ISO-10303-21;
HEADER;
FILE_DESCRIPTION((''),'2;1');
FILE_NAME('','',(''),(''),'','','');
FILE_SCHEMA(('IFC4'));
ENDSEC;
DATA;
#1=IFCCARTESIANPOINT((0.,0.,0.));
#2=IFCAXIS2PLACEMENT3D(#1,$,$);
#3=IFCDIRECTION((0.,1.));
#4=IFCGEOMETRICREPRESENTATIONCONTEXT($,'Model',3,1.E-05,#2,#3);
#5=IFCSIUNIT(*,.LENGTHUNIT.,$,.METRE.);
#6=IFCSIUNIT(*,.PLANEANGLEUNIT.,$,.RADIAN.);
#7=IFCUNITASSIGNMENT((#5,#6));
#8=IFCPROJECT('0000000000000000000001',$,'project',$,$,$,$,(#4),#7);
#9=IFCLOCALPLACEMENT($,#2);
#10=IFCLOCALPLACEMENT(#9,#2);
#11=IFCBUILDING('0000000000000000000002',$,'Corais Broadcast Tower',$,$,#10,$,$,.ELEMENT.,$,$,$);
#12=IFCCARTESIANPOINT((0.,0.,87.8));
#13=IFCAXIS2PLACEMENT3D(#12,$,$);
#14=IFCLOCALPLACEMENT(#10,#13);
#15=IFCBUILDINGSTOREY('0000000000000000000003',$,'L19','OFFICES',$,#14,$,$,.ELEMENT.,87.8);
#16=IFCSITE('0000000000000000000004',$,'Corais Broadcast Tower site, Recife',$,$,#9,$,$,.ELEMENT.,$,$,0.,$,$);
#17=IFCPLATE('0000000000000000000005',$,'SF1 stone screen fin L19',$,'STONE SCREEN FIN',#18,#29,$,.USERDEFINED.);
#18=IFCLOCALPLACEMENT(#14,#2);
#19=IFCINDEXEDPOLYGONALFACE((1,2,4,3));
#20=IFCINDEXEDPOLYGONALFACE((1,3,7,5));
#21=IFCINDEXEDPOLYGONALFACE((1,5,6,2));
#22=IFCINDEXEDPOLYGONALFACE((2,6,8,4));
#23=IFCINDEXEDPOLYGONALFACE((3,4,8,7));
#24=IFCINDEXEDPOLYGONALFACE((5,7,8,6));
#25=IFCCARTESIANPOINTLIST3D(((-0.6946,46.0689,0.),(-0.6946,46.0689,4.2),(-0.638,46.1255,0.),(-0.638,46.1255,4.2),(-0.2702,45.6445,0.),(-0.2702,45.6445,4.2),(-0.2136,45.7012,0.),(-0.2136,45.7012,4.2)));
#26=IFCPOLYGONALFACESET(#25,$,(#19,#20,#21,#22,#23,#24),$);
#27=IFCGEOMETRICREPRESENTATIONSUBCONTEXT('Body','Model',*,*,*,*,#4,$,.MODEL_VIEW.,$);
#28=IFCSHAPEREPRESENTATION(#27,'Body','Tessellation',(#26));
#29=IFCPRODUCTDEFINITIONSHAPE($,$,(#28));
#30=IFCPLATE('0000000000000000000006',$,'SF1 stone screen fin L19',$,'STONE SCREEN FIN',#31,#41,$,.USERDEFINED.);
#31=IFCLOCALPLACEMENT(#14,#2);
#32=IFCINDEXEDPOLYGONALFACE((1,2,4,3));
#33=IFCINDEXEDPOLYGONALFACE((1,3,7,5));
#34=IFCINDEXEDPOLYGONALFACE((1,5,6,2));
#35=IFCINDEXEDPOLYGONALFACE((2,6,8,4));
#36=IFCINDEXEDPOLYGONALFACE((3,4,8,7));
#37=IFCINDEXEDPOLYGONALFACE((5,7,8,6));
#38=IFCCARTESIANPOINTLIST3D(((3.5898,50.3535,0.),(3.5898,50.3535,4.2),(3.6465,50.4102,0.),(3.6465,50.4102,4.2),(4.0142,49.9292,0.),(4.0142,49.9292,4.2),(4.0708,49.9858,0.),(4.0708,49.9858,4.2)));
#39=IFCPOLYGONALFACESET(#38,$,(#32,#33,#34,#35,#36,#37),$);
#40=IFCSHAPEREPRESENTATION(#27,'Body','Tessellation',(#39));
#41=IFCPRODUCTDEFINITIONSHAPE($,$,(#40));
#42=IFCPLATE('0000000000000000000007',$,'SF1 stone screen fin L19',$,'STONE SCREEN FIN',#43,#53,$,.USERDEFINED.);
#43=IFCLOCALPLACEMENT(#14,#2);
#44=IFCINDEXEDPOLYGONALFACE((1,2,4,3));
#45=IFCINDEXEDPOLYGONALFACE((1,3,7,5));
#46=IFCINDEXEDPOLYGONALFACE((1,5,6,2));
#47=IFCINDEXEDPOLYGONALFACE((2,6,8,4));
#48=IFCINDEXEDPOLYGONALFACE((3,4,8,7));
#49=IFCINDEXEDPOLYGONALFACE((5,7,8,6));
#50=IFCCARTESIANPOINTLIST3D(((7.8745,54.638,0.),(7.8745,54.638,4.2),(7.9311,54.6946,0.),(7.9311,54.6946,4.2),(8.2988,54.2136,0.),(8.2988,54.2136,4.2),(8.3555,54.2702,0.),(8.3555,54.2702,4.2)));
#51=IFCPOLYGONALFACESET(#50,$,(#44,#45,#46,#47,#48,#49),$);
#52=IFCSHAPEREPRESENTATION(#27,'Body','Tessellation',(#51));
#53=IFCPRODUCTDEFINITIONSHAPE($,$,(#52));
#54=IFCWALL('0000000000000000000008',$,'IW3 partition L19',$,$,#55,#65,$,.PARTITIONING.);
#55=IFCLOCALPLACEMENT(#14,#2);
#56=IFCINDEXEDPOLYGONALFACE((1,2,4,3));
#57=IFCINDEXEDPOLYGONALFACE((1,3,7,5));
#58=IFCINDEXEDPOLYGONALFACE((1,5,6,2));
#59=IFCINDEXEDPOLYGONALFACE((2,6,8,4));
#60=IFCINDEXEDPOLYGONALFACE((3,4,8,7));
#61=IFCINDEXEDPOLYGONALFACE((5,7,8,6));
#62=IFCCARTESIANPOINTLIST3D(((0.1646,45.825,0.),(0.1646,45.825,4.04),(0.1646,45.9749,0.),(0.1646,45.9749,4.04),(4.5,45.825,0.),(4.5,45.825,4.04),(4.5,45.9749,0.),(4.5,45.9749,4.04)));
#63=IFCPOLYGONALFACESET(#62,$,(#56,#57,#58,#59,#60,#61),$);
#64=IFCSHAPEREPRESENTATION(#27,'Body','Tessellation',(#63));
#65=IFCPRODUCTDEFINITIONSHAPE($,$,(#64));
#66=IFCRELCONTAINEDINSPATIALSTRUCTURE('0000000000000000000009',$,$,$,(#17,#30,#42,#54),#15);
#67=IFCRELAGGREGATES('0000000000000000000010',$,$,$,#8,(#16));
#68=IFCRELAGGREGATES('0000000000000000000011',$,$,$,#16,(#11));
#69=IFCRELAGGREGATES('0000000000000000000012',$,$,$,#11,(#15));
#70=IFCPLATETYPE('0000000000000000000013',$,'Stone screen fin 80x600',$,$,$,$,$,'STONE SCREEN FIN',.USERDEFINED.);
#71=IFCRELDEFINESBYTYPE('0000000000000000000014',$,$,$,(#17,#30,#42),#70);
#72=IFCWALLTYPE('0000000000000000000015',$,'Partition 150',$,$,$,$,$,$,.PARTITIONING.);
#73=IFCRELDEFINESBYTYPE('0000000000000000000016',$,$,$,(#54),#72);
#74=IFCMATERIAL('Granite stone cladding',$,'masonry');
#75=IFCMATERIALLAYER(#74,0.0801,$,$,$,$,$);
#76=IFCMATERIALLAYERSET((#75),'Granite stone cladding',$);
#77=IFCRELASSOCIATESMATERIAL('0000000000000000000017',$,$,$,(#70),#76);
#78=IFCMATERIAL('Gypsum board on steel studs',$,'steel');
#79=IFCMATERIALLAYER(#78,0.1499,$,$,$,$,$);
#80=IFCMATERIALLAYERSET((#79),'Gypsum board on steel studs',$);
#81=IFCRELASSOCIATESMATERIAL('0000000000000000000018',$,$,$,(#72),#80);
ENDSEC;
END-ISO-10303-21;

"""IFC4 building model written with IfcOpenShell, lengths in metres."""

from ifc_helpers import new_model, si_unit, direction, frame, frame_2d, origin, origin_2d, place, context, subcontext, project, spatial, rectangle, extrude, material, layer, layer_set, type_object, element, save


model = new_model("IFC4")

# Units and contexts
model_context = context("Model", 3, precision=1e-05, world=origin(), true_north=direction((0.0, 1.0)))
body_context = subcontext(model_context, "Body", "Model", "MODEL_VIEW")
ifc_project = project(units=[si_unit("LENGTHUNIT", "METRE"), si_unit("PLANEANGLEUNIT", "RADIAN")], contexts=[model_context])

# Site, building, storey
site_placement = place(None, origin())
site = spatial("IfcSite", under=ifc_project, at=site_placement, Name="Corais Broadcast Tower site, Recife", CompositionType="ELEMENT", RefElevation=0.0)
building_placement = place(site_placement, origin())
building = spatial("IfcBuilding", under=site, at=building_placement, Name="Corais Broadcast Tower", CompositionType="ELEMENT")
storey_placement = place(building_placement, frame((0.0, 0.0, 87.8)))
storey = spatial("IfcBuildingStorey", under=building, at=storey_placement, Name="L19", Description="OFFICES", CompositionType="ELEMENT", Elevation=87.8)

# Plates
ifc_material_1 = material(Name="Granite stone cladding", Category="masonry")
ifc_layer_1 = layer(ifc_material_1, 0.0801)
ifc_layer_set_1 = layer_set([ifc_layer_1], Name="Granite stone cladding")
plate_type_1 = type_object("IfcPlateType", Name="Stone screen fin 80x600", ElementType="STONE SCREEN FIN", PredefinedType="USERDEFINED", material=ifc_layer_set_1)
for number, where, z_axis, x_axis, name in (
    (1, (-0.4541, 45.885, 0.0), (0.0, 0.0, 1.0), (0.707107, 0.707107, 0.0), "SF1 stone screen fin L19"),
    (2, (3.8303, 50.1697, 0.0), (0.0, 0.0, 1.0), (0.707107, 0.707107, 0.0), "SF1 stone screen fin L19"),
    (3, (8.115, 54.4541, 0.0), (0.0, 0.0, 1.0), (0.707107, 0.707107, 0.0), "SF1 stone screen fin L19"),
):
    element("IfcPlate", number, at=place(storey_placement, frame(where, z_axis=z_axis, x_axis=x_axis)), inside=storey, type_object=plate_type_1, Name=name, ObjectType="STONE SCREEN FIN", PredefinedType="USERDEFINED", context=body_context, shape_type="SweptSolid", body=[
        extrude(rectangle(XDim=0.0801, YDim=0.6001, at=origin_2d()), origin(), (0.0, 0.0, 1.0), 4.2),
    ])

# Wall
ifc_material_2 = material(Name="Gypsum board on steel studs", Category="steel")
ifc_layer_2 = layer(ifc_material_2, 0.1499)
ifc_layer_set_2 = layer_set([ifc_layer_2], Name="Gypsum board on steel studs")
wall_type = type_object("IfcWallType", Name="Partition 150", PredefinedType="PARTITIONING", material=ifc_layer_set_2)
wall_placement = place(storey_placement, frame((4.5, 45.8999, 0.0), z_axis=(0.0, 0.0, 1.0), x_axis=(-1.0, 0.0, 0.0)))
element("IfcWall", 4, at=wall_placement, inside=storey, type_object=wall_type, Name="IW3 partition L19", PredefinedType="PARTITIONING", context=body_context, shape_type="SweptSolid", body=[
    extrude(rectangle(XDim=4.3354, YDim=0.1499, at=frame_2d((2.1677, 0.0))), origin(), (0.0, 0.0, 1.0), 4.04),
])

save(model, "model.ifc")
